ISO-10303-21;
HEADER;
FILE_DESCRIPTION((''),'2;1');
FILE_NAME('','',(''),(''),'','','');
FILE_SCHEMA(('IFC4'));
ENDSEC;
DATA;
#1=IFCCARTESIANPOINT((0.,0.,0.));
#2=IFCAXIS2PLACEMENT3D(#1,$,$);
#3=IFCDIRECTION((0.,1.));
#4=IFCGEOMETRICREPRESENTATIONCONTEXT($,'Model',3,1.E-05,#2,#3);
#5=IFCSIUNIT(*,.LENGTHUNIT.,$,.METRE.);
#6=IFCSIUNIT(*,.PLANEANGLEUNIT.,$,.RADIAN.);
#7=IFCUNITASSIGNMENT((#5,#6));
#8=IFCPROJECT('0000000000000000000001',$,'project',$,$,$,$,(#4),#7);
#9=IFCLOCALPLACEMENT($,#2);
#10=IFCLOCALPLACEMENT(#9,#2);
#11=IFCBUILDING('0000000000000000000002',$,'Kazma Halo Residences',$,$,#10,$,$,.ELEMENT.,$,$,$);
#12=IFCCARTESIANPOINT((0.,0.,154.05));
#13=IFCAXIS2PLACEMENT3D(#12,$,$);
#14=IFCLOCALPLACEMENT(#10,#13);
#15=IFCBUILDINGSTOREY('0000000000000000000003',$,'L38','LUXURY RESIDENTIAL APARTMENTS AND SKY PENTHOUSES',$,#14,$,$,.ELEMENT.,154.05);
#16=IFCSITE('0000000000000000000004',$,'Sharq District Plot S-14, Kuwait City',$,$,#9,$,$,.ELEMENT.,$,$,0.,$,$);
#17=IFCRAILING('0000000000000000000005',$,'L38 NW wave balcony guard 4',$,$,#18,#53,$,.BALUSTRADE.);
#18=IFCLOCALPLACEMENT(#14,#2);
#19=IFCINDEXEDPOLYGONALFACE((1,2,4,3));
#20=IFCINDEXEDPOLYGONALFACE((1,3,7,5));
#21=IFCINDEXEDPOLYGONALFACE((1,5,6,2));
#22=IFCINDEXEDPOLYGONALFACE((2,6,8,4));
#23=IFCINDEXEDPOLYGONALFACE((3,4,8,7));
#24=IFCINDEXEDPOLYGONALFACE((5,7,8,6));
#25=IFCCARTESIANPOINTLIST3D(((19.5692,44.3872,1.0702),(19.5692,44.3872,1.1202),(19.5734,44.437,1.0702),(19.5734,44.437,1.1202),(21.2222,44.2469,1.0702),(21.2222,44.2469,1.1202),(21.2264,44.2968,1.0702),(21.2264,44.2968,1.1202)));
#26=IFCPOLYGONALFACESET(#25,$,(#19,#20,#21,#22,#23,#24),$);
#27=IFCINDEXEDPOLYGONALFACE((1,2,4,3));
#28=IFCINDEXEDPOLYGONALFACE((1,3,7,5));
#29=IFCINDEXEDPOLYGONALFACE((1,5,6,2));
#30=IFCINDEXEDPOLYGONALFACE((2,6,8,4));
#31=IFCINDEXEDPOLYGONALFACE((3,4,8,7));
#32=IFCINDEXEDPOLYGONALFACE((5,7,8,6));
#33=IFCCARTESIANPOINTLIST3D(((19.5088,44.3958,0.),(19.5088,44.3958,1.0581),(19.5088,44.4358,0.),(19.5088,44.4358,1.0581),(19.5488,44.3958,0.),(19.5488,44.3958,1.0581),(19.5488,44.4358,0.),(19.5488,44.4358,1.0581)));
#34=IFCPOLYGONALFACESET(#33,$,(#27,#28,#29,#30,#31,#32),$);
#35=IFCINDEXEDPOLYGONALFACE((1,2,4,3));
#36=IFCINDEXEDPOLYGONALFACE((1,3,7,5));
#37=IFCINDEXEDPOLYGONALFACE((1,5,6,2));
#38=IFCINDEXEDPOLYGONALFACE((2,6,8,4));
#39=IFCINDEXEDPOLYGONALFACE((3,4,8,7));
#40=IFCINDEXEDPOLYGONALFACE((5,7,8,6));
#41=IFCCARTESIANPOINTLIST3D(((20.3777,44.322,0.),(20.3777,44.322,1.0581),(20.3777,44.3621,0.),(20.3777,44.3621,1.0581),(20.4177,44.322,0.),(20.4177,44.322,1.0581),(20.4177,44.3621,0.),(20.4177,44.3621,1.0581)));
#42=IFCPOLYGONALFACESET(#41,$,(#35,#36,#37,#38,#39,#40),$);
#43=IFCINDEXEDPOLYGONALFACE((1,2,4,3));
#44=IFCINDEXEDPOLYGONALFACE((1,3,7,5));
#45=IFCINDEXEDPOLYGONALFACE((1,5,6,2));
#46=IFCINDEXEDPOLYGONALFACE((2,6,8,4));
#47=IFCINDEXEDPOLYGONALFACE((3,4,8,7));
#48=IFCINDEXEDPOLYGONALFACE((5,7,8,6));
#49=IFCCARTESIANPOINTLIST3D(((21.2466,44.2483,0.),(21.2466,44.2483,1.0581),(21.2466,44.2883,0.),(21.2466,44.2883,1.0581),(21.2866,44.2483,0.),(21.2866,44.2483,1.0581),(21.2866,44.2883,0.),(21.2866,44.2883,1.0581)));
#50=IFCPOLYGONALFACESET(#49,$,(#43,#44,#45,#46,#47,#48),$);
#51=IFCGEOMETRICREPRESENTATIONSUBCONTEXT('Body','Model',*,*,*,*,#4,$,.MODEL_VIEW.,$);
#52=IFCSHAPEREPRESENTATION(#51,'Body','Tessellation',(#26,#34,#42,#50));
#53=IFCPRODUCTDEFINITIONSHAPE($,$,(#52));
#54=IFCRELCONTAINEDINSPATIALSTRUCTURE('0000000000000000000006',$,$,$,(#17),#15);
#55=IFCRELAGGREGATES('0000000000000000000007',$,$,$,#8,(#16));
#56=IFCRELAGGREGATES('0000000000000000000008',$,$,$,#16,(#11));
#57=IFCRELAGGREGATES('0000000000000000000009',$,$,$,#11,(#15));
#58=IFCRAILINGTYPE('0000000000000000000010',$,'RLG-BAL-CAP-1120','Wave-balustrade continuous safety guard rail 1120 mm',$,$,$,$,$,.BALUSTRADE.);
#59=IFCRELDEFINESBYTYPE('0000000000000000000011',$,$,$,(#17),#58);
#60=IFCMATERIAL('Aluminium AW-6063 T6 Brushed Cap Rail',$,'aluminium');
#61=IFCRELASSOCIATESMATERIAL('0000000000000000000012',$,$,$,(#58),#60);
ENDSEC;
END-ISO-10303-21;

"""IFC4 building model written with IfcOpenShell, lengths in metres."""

from ifc_helpers import new_model, si_unit, direction, frame, origin, origin_2d, place, context, subcontext, project, spatial, rectangle, extrude, material, type_object, element, save


model = new_model("IFC4")

# Units and contexts
model_context = context("Model", 3, precision=1e-05, world=origin(), true_north=direction((0.0, 1.0)))
body_context = subcontext(model_context, "Body", "Model", "MODEL_VIEW")
ifc_project = project(units=[si_unit("LENGTHUNIT", "METRE"), si_unit("PLANEANGLEUNIT", "RADIAN")], contexts=[model_context])

# Site, building, storey
site_placement = place(None, origin())
site = spatial("IfcSite", under=ifc_project, at=site_placement, Name="Sharq District Plot S-14, Kuwait City", CompositionType="ELEMENT", RefElevation=0.0)
building_placement = place(site_placement, origin())
building = spatial("IfcBuilding", under=site, at=building_placement, Name="Kazma Halo Residences", CompositionType="ELEMENT")
storey_placement = place(building_placement, frame((0.0, 0.0, 154.05)))
storey = spatial("IfcBuildingStorey", under=building, at=storey_placement, Name="L38", Description="LUXURY RESIDENTIAL APARTMENTS AND SKY PENTHOUSES", CompositionType="ELEMENT", Elevation=154.05)

# Railing
ifc_material_1 = material(Name="Aluminium AW-6063 T6 Brushed Cap Rail", Category="aluminium")
railing_type = type_object("IfcRailingType", Name="RLG-BAL-CAP-1120", Description="Wave-balustrade continuous safety guard rail 1120 mm", PredefinedType="BALUSTRADE", material=ifc_material_1)
railing_placement = place(storey_placement, frame((19.5288, 44.4158, 0.0)))
element("IfcRailing", 1, at=railing_placement, inside=storey, type_object=railing_type, Name="L38 NW wave balcony guard 4", PredefinedType="BALUSTRADE", context=body_context, shape_type="SweptSolid", body=[
    extrude(rectangle(XDim=0.05, YDim=0.05, at=origin_2d()), frame((0.0425, -0.0037, 1.0952), z_axis=(0.996419, -0.084551, 0.0), x_axis=(0.084551, 0.996419, 0.0)), (0.0, 0.0, 1.0), 1.6589),
    extrude(rectangle(XDim=0.04, YDim=0.04, at=origin_2d()), origin(), (0.0, 0.0, 1.0), 1.0581),
    extrude(rectangle(XDim=0.04, YDim=0.04, at=origin_2d()), frame((0.8689, -0.0737, 0.0)), (0.0, 0.0, 1.0), 1.0581),
    extrude(rectangle(XDim=0.04, YDim=0.04, at=origin_2d()), frame((1.7378, -0.1475, 0.0)), (0.0, 0.0, 1.0), 1.0581),
])

save(model, "model.ifc")
